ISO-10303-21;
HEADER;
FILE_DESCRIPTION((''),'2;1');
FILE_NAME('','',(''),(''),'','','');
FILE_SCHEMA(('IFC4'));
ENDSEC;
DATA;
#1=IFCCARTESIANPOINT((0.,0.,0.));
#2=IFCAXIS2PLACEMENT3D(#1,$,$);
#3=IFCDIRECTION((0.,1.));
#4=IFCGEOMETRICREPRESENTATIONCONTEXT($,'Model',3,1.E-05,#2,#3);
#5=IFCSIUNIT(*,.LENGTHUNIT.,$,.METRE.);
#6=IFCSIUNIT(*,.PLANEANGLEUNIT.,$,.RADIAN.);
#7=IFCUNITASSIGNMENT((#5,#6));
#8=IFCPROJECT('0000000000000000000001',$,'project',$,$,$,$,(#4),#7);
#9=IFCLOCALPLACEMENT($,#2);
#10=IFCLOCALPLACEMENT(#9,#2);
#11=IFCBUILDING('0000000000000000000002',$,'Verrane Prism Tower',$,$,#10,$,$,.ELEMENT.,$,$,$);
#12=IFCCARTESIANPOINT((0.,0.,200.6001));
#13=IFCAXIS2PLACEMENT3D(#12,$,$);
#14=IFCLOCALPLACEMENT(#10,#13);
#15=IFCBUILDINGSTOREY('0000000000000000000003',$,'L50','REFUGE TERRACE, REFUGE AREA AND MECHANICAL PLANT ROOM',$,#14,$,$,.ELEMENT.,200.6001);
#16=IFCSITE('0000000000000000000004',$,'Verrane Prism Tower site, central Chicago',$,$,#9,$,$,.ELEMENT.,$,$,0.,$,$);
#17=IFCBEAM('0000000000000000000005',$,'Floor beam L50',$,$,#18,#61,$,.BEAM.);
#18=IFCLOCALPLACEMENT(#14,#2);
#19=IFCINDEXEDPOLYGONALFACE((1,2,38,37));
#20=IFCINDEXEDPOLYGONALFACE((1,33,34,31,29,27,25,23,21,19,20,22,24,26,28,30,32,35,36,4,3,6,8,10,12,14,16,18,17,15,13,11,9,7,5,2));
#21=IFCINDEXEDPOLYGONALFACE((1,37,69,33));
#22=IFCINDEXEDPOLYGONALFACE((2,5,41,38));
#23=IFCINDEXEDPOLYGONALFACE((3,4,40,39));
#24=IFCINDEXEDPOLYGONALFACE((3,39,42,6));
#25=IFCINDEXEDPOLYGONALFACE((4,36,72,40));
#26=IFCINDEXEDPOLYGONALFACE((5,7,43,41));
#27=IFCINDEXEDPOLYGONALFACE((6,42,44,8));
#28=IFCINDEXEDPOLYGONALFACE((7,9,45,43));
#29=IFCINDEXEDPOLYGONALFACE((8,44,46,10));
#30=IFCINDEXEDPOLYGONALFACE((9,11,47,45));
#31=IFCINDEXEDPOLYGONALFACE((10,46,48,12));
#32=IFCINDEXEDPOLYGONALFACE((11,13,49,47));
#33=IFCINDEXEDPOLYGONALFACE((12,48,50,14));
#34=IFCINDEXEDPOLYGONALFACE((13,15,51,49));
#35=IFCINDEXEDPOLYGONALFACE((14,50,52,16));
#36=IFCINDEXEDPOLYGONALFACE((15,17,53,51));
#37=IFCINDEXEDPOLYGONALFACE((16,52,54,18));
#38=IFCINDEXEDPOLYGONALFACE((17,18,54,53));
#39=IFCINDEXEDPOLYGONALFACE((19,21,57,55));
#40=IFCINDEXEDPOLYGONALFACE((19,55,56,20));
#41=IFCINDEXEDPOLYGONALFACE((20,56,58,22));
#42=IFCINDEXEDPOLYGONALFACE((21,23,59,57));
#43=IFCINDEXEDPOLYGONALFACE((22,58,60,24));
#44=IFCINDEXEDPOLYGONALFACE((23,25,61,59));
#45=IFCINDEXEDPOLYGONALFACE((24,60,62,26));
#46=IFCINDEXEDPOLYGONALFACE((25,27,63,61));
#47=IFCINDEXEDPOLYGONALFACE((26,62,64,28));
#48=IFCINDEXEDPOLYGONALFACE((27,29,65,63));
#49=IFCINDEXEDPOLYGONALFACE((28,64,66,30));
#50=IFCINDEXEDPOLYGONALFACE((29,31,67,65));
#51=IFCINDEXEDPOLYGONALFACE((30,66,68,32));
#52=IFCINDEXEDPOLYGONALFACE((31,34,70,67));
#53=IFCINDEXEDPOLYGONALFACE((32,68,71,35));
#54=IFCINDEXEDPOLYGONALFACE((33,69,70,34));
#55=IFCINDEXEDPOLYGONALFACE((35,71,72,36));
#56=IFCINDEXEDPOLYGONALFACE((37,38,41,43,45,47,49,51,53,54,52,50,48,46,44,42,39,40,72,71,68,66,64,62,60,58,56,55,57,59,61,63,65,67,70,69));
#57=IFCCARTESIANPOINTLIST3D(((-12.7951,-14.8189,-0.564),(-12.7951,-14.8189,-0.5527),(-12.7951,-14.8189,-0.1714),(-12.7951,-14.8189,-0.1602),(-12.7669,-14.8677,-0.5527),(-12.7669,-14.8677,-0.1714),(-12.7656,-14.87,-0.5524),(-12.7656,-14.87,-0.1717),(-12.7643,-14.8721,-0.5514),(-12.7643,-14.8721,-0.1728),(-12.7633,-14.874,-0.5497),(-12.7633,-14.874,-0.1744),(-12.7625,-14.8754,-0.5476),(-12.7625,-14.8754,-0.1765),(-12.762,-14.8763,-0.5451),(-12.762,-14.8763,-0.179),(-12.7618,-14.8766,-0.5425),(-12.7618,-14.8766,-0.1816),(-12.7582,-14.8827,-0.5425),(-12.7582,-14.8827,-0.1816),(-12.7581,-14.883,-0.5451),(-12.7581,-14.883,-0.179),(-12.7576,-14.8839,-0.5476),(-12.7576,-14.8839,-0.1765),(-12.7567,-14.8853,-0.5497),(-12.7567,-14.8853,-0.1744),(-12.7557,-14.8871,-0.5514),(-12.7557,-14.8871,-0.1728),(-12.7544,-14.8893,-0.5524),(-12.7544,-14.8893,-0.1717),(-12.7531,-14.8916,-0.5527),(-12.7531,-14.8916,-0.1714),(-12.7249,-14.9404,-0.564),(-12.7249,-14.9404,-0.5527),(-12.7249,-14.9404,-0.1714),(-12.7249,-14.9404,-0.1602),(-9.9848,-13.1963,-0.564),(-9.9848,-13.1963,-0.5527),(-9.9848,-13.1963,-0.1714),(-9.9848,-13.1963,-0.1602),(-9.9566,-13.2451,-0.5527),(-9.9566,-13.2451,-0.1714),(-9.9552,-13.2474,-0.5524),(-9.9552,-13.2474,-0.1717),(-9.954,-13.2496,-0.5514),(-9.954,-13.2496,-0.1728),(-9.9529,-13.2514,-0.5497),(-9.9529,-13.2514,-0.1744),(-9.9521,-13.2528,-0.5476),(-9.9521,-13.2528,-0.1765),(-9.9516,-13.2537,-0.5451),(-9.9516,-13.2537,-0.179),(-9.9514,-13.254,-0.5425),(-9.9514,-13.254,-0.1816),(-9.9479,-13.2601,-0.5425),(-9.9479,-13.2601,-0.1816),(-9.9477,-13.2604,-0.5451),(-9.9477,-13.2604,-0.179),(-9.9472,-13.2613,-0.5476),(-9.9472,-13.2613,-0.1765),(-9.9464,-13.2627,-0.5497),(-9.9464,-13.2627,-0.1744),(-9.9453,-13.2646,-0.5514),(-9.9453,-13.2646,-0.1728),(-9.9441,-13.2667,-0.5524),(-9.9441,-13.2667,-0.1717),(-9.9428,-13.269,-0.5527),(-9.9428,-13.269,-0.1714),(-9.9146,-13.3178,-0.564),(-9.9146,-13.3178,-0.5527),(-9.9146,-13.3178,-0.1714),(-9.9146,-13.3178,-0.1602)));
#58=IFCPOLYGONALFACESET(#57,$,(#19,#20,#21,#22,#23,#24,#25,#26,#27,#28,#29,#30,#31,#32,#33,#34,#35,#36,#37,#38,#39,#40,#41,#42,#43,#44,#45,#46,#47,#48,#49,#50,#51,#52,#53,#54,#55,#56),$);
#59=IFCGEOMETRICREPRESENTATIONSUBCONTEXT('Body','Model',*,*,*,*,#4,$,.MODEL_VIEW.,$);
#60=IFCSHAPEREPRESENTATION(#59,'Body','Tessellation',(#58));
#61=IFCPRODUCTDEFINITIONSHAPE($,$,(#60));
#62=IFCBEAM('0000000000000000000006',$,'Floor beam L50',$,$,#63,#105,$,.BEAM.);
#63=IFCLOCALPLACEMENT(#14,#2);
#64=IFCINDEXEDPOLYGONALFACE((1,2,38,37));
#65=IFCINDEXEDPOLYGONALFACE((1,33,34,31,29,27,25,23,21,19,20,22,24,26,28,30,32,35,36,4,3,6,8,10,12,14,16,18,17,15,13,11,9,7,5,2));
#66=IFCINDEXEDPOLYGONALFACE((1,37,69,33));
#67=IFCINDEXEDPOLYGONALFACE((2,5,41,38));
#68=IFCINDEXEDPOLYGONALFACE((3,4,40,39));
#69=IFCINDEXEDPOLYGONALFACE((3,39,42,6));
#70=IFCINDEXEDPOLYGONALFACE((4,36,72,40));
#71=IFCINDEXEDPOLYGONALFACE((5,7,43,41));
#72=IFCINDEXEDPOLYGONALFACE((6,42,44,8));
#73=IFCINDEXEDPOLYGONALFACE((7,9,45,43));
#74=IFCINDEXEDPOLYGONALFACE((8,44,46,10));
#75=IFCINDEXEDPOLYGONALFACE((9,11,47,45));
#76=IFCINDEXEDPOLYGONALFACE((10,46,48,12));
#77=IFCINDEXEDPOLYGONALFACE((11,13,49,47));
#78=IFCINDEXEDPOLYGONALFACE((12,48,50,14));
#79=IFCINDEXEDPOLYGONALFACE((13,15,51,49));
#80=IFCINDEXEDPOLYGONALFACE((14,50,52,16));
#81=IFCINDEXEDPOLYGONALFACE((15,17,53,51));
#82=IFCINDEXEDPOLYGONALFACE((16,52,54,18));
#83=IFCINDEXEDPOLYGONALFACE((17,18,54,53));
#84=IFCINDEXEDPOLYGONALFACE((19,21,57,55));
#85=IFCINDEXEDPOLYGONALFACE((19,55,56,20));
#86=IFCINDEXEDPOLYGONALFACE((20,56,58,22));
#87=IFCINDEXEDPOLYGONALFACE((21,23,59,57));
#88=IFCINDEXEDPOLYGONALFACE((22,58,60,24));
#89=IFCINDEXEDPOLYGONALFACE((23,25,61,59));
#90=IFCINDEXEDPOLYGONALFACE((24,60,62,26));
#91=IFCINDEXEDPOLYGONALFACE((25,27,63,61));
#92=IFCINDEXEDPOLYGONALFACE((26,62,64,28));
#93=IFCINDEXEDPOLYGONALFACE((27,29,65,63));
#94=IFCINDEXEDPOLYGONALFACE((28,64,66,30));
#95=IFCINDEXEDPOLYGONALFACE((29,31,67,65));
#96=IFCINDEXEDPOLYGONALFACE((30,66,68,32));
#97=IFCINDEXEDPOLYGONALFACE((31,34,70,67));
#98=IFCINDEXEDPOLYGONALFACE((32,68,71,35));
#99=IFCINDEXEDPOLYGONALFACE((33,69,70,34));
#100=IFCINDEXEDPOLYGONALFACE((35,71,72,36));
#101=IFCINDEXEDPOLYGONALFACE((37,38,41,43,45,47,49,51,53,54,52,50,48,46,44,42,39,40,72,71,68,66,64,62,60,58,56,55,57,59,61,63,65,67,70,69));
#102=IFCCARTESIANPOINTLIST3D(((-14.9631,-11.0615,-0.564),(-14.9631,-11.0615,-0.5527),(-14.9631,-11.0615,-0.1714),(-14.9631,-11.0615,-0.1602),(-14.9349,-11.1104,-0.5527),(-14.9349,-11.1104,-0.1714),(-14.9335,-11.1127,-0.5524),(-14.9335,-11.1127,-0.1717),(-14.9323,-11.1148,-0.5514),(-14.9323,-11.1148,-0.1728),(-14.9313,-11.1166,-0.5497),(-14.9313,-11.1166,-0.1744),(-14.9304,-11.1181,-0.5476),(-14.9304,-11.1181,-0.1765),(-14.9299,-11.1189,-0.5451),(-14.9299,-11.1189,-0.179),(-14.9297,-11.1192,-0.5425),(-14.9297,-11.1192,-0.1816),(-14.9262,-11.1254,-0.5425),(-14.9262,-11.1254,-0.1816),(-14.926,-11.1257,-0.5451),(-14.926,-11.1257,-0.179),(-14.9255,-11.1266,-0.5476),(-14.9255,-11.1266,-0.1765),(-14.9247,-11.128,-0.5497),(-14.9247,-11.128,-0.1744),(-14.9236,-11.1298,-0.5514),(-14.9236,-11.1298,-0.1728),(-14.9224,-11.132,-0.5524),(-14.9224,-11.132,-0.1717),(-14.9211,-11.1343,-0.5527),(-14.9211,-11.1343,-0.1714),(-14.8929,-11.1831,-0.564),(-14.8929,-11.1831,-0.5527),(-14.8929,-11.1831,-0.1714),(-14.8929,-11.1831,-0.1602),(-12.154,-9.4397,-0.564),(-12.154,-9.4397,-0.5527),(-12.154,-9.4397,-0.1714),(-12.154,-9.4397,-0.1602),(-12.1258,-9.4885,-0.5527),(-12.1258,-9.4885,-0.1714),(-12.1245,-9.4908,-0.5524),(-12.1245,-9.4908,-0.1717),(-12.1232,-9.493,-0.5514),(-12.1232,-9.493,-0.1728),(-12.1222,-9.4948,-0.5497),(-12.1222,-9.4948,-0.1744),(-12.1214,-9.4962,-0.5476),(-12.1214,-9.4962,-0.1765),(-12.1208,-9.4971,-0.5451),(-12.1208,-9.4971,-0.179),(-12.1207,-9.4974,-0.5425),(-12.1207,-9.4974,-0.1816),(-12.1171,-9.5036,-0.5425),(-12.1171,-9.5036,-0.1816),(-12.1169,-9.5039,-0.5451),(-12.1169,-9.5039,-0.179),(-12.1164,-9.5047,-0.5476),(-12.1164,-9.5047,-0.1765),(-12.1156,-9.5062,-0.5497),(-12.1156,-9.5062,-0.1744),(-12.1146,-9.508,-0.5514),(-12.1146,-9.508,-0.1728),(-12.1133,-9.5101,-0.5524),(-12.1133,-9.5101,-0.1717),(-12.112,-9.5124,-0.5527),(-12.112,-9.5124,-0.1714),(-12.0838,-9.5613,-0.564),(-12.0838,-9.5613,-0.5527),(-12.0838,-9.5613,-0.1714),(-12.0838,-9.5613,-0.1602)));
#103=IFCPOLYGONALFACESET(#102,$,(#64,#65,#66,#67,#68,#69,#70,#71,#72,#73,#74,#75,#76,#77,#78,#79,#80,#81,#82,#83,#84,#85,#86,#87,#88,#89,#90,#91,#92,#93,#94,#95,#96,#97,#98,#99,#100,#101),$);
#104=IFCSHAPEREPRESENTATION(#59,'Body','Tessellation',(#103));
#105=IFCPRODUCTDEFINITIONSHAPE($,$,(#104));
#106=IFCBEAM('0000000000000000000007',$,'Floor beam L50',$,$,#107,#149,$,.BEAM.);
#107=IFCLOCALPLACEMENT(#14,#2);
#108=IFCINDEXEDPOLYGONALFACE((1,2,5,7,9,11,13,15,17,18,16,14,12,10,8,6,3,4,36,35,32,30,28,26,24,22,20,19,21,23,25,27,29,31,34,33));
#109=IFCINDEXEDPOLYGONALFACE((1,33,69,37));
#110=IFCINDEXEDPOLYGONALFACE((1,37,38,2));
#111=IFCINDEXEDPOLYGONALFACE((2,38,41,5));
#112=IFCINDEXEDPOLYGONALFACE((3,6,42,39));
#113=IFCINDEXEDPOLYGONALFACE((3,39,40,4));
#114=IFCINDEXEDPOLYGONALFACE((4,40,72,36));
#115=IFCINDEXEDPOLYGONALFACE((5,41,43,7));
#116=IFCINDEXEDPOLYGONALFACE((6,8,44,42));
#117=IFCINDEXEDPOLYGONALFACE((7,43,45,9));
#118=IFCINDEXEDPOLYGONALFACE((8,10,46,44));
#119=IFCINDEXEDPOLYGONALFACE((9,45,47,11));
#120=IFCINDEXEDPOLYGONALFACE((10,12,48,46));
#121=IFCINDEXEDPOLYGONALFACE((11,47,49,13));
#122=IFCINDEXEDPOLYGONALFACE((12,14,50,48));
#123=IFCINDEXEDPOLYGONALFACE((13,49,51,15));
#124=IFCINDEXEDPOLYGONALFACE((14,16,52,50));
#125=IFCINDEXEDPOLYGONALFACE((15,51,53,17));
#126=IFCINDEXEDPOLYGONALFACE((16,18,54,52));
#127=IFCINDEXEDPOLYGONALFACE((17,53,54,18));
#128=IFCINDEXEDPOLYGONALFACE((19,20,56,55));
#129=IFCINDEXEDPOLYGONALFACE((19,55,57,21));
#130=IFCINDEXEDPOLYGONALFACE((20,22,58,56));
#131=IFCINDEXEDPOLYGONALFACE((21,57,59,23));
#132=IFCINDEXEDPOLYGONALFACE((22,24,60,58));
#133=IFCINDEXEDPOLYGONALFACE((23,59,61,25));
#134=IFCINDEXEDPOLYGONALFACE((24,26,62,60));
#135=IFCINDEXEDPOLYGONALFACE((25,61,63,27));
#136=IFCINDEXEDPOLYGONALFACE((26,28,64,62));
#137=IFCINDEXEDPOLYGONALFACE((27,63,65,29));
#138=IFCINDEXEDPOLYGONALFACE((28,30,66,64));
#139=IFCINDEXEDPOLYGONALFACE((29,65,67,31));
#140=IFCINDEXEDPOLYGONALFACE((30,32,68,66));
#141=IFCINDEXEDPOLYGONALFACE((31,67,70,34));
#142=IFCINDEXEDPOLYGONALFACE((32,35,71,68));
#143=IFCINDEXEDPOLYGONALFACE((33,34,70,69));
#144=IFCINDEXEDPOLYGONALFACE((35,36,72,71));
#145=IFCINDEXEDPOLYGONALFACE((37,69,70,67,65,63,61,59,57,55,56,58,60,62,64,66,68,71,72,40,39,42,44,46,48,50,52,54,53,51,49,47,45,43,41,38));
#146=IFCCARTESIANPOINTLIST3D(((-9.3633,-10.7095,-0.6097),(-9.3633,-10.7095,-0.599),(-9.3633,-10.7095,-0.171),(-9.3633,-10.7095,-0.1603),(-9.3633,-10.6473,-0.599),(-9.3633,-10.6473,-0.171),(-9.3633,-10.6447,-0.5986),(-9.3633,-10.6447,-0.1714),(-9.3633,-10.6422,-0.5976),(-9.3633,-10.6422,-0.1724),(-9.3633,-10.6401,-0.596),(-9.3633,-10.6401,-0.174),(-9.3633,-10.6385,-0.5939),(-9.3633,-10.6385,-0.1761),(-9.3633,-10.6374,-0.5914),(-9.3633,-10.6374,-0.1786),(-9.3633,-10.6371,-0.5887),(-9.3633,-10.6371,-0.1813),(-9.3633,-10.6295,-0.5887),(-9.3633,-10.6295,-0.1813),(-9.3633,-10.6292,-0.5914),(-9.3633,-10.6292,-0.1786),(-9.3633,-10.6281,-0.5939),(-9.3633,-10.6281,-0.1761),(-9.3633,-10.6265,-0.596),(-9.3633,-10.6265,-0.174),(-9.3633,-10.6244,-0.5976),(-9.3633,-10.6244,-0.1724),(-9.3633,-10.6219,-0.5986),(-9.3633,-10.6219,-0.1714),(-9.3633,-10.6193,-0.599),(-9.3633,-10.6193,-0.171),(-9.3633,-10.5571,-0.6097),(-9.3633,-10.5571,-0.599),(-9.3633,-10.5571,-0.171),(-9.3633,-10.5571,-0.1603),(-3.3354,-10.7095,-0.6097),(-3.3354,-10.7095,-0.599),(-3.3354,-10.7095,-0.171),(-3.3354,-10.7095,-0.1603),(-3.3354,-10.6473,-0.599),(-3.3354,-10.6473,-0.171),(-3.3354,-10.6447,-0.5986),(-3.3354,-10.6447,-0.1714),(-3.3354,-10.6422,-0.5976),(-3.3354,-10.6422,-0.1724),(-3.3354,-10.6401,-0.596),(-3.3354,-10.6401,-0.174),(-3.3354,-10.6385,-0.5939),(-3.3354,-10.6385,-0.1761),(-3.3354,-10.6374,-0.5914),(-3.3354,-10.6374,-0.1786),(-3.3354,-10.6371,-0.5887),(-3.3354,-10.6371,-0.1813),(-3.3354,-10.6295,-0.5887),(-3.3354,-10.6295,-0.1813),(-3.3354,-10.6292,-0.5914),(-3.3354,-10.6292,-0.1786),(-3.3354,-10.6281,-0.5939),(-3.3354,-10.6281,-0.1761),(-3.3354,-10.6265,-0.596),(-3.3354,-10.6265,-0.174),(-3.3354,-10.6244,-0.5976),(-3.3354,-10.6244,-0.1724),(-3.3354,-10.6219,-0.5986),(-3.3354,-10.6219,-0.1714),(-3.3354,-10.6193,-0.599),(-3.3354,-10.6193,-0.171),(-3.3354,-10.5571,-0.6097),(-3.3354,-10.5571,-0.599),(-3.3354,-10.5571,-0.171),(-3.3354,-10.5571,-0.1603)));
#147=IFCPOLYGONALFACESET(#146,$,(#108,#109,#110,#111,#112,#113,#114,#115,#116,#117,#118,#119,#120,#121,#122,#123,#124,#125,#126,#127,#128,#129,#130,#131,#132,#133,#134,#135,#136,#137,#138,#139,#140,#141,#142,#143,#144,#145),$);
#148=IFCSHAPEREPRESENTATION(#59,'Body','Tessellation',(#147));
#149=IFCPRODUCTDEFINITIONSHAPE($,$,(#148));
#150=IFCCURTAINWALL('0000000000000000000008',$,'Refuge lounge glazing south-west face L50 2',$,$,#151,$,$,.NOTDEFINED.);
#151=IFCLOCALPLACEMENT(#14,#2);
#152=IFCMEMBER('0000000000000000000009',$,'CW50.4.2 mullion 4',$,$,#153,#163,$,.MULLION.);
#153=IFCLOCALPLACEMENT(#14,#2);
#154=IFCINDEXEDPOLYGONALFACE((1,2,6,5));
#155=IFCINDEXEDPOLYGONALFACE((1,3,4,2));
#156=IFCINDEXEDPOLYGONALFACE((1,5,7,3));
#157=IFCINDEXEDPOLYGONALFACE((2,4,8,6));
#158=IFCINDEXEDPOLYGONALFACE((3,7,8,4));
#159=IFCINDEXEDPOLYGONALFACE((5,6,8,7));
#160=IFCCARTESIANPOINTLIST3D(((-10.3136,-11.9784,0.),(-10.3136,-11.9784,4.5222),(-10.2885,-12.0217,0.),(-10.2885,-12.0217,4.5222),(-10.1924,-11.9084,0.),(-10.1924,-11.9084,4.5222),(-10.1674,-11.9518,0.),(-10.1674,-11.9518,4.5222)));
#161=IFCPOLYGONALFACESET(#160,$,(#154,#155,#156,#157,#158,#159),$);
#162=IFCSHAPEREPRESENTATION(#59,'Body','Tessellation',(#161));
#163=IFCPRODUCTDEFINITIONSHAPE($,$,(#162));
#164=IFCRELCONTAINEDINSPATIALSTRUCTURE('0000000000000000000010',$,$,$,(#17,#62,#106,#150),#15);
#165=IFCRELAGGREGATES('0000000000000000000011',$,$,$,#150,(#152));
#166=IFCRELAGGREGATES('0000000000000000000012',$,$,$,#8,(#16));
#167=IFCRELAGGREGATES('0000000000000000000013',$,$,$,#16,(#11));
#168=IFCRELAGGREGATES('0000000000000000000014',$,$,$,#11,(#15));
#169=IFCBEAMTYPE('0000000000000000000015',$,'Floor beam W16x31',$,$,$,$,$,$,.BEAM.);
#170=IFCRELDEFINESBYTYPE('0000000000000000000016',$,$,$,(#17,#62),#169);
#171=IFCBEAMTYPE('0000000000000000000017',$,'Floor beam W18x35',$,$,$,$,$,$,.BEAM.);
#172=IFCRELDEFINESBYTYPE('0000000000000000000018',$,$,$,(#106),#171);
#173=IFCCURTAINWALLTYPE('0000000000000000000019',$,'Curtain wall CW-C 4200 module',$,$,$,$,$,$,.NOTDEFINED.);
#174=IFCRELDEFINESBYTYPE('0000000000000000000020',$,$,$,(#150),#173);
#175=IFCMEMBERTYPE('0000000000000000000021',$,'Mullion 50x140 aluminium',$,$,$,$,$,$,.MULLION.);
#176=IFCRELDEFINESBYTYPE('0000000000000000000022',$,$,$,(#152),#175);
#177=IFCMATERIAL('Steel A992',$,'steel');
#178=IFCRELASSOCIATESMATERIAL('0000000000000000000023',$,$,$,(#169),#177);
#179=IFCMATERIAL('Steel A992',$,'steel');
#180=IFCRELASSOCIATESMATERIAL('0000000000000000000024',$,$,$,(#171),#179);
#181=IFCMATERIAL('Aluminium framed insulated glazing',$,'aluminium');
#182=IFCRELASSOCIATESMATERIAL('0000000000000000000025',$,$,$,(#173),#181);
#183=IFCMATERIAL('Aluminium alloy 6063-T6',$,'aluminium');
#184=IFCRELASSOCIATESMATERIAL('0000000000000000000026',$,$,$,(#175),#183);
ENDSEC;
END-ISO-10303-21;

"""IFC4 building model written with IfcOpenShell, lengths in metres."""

from ifc_helpers import new_model, si_unit, direction, frame, origin, origin_2d, place, context, subcontext, project, spatial, rectangle, i_section, extrude, material, material_profile, profile_set, type_object, element, aggregate, save


model = new_model("IFC4")

# Units and contexts
model_context = context("Model", 3, precision=1e-05, world=origin(), true_north=direction((0.0, 1.0)))
body_context = subcontext(model_context, "Body", "Model", "MODEL_VIEW")
ifc_project = project(units=[si_unit("LENGTHUNIT", "METRE"), si_unit("PLANEANGLEUNIT", "RADIAN")], contexts=[model_context])

# Site, building, storey
site_placement = place(None, origin())
site = spatial("IfcSite", under=ifc_project, at=site_placement, Name="Verrane Prism Tower site, central Chicago", CompositionType="ELEMENT", RefElevation=0.0)
building_placement = place(site_placement, origin())
building = spatial("IfcBuilding", under=site, at=building_placement, Name="Verrane Prism Tower", CompositionType="ELEMENT")
storey_placement = place(building_placement, frame((0.0, 0.0, 200.6001)))
storey = spatial("IfcBuildingStorey", under=building, at=storey_placement, Name="L50", Description="REFUGE TERRACE, REFUGE AREA AND MECHANICAL PLANT ROOM", CompositionType="ELEMENT", Elevation=200.6001)

# Beams
ifc_material_1 = material(Name="Steel A992", Category="steel")
ifc_material_profile_1 = material_profile(ifc_material_1, i_section(OverallWidth=0.1404, OverallDepth=0.4038, WebThickness=0.0071, FlangeThickness=0.0112, FilletRadius=0.0103, at=origin_2d()), Name="W16x31")
ifc_profile_set_1 = profile_set([ifc_material_profile_1], Name="Steel A992")
beam_type_1 = type_object("IfcBeamType", Name="Floor beam W16x31", PredefinedType="BEAM", material=ifc_profile_set_1)
beam_1_placement = place(storey_placement, frame((-12.76, -14.8796, -0.3621), z_axis=(0.866021, 0.500007, 0.0), x_axis=(-0.500007, 0.866021, 0.0)))
element("IfcBeam", 1, at=beam_1_placement, inside=storey, type_object=beam_type_1, Name="Floor beam L50", PredefinedType="BEAM", context=body_context, shape_type="SweptSolid", body=[
    extrude(i_section(OverallWidth=0.1404, OverallDepth=0.4038, WebThickness=0.0071, FlangeThickness=0.0112, FilletRadius=0.0103, at=origin_2d()), origin(), (0.0, 0.0, 1.0), 3.2451),
])
beam_2_placement = place(storey_placement, frame((-14.928, -11.1223, -0.3621), z_axis=(0.866025, 0.5, 0.0), x_axis=(-0.5, 0.866025, 0.0)))
element("IfcBeam", 2, at=beam_2_placement, inside=storey, type_object=beam_type_1, Name="Floor beam L50", PredefinedType="BEAM", context=body_context, shape_type="SweptSolid", body=[
    extrude(i_section(OverallWidth=0.1404, OverallDepth=0.4038, WebThickness=0.0071, FlangeThickness=0.0112, FilletRadius=0.0103, at=origin_2d()), origin(), (0.0, 0.0, 1.0), 3.2437),
])
ifc_material_2 = material(Name="Steel A992", Category="steel")
ifc_material_profile_2 = material_profile(ifc_material_2, i_section(OverallWidth=0.1523, OverallDepth=0.4495, WebThickness=0.0076, FlangeThickness=0.0107, FilletRadius=0.0103, at=origin_2d()), Name="W18x35")
ifc_profile_set_2 = profile_set([ifc_material_profile_2], Name="Steel A992")
beam_type_2 = type_object("IfcBeamType", Name="Floor beam W18x35", PredefinedType="BEAM", material=ifc_profile_set_2)
beam_3_placement = place(storey_placement, frame((-9.3633, -10.6333, -0.385), z_axis=(1.0, 0.0, 0.0), x_axis=(0.0, 1.0, 0.0)))
element("IfcBeam", 3, at=beam_3_placement, inside=storey, type_object=beam_type_2, Name="Floor beam L50", PredefinedType="BEAM", context=body_context, shape_type="SweptSolid", body=[
    extrude(i_section(OverallWidth=0.1523, OverallDepth=0.4495, WebThickness=0.0076, FlangeThickness=0.0107, FilletRadius=0.0103, at=origin_2d()), origin(), (0.0, 0.0, 1.0), 6.0278),
])

# Curtain wall, member
ifc_material_3 = material(Name="Aluminium framed insulated glazing", Category="aluminium")
curtain_wall_type = type_object("IfcCurtainWallType", Name="Curtain wall CW-C 4200 module", PredefinedType="NOTDEFINED", material=ifc_material_3)
curtain_wall_placement = place(storey_placement, origin())
curtain_wall = element("IfcCurtainWall", 4, at=curtain_wall_placement, inside=storey, type_object=curtain_wall_type, Name="Refuge lounge glazing south-west face L50 2", PredefinedType="NOTDEFINED")
ifc_material_4 = material(Name="Aluminium alloy 6063-T6", Category="aluminium")
ifc_material_profile_3 = material_profile(ifc_material_4, rectangle(XDim=0.1399, YDim=0.05, at=origin_2d()), Name="Mullion 50x140 aluminium")
ifc_profile_set_3 = profile_set([ifc_material_profile_3], Name="Aluminium alloy 6063-T6")
member_type_1 = type_object("IfcMemberType", Name="Mullion 50x140 aluminium", PredefinedType="MULLION", material=ifc_profile_set_3)
member_1_placement = place(storey_placement, frame((-10.2405, -11.9651, 0.0), z_axis=(0.0, 0.0, 1.0), x_axis=(0.866028, 0.499996, 0.0)))
member_1 = element("IfcMember", 5, at=member_1_placement, type_object=member_type_1, Name="CW50.4.2 mullion 4", PredefinedType="MULLION", context=body_context, shape_type="SweptSolid", body=[
    extrude(rectangle(XDim=0.1399, YDim=0.05, at=origin_2d()), origin(), (0.0, 0.0, 1.0), 4.5222),
])

aggregate(curtain_wall, [member_1])

save(model, "model.ifc")
